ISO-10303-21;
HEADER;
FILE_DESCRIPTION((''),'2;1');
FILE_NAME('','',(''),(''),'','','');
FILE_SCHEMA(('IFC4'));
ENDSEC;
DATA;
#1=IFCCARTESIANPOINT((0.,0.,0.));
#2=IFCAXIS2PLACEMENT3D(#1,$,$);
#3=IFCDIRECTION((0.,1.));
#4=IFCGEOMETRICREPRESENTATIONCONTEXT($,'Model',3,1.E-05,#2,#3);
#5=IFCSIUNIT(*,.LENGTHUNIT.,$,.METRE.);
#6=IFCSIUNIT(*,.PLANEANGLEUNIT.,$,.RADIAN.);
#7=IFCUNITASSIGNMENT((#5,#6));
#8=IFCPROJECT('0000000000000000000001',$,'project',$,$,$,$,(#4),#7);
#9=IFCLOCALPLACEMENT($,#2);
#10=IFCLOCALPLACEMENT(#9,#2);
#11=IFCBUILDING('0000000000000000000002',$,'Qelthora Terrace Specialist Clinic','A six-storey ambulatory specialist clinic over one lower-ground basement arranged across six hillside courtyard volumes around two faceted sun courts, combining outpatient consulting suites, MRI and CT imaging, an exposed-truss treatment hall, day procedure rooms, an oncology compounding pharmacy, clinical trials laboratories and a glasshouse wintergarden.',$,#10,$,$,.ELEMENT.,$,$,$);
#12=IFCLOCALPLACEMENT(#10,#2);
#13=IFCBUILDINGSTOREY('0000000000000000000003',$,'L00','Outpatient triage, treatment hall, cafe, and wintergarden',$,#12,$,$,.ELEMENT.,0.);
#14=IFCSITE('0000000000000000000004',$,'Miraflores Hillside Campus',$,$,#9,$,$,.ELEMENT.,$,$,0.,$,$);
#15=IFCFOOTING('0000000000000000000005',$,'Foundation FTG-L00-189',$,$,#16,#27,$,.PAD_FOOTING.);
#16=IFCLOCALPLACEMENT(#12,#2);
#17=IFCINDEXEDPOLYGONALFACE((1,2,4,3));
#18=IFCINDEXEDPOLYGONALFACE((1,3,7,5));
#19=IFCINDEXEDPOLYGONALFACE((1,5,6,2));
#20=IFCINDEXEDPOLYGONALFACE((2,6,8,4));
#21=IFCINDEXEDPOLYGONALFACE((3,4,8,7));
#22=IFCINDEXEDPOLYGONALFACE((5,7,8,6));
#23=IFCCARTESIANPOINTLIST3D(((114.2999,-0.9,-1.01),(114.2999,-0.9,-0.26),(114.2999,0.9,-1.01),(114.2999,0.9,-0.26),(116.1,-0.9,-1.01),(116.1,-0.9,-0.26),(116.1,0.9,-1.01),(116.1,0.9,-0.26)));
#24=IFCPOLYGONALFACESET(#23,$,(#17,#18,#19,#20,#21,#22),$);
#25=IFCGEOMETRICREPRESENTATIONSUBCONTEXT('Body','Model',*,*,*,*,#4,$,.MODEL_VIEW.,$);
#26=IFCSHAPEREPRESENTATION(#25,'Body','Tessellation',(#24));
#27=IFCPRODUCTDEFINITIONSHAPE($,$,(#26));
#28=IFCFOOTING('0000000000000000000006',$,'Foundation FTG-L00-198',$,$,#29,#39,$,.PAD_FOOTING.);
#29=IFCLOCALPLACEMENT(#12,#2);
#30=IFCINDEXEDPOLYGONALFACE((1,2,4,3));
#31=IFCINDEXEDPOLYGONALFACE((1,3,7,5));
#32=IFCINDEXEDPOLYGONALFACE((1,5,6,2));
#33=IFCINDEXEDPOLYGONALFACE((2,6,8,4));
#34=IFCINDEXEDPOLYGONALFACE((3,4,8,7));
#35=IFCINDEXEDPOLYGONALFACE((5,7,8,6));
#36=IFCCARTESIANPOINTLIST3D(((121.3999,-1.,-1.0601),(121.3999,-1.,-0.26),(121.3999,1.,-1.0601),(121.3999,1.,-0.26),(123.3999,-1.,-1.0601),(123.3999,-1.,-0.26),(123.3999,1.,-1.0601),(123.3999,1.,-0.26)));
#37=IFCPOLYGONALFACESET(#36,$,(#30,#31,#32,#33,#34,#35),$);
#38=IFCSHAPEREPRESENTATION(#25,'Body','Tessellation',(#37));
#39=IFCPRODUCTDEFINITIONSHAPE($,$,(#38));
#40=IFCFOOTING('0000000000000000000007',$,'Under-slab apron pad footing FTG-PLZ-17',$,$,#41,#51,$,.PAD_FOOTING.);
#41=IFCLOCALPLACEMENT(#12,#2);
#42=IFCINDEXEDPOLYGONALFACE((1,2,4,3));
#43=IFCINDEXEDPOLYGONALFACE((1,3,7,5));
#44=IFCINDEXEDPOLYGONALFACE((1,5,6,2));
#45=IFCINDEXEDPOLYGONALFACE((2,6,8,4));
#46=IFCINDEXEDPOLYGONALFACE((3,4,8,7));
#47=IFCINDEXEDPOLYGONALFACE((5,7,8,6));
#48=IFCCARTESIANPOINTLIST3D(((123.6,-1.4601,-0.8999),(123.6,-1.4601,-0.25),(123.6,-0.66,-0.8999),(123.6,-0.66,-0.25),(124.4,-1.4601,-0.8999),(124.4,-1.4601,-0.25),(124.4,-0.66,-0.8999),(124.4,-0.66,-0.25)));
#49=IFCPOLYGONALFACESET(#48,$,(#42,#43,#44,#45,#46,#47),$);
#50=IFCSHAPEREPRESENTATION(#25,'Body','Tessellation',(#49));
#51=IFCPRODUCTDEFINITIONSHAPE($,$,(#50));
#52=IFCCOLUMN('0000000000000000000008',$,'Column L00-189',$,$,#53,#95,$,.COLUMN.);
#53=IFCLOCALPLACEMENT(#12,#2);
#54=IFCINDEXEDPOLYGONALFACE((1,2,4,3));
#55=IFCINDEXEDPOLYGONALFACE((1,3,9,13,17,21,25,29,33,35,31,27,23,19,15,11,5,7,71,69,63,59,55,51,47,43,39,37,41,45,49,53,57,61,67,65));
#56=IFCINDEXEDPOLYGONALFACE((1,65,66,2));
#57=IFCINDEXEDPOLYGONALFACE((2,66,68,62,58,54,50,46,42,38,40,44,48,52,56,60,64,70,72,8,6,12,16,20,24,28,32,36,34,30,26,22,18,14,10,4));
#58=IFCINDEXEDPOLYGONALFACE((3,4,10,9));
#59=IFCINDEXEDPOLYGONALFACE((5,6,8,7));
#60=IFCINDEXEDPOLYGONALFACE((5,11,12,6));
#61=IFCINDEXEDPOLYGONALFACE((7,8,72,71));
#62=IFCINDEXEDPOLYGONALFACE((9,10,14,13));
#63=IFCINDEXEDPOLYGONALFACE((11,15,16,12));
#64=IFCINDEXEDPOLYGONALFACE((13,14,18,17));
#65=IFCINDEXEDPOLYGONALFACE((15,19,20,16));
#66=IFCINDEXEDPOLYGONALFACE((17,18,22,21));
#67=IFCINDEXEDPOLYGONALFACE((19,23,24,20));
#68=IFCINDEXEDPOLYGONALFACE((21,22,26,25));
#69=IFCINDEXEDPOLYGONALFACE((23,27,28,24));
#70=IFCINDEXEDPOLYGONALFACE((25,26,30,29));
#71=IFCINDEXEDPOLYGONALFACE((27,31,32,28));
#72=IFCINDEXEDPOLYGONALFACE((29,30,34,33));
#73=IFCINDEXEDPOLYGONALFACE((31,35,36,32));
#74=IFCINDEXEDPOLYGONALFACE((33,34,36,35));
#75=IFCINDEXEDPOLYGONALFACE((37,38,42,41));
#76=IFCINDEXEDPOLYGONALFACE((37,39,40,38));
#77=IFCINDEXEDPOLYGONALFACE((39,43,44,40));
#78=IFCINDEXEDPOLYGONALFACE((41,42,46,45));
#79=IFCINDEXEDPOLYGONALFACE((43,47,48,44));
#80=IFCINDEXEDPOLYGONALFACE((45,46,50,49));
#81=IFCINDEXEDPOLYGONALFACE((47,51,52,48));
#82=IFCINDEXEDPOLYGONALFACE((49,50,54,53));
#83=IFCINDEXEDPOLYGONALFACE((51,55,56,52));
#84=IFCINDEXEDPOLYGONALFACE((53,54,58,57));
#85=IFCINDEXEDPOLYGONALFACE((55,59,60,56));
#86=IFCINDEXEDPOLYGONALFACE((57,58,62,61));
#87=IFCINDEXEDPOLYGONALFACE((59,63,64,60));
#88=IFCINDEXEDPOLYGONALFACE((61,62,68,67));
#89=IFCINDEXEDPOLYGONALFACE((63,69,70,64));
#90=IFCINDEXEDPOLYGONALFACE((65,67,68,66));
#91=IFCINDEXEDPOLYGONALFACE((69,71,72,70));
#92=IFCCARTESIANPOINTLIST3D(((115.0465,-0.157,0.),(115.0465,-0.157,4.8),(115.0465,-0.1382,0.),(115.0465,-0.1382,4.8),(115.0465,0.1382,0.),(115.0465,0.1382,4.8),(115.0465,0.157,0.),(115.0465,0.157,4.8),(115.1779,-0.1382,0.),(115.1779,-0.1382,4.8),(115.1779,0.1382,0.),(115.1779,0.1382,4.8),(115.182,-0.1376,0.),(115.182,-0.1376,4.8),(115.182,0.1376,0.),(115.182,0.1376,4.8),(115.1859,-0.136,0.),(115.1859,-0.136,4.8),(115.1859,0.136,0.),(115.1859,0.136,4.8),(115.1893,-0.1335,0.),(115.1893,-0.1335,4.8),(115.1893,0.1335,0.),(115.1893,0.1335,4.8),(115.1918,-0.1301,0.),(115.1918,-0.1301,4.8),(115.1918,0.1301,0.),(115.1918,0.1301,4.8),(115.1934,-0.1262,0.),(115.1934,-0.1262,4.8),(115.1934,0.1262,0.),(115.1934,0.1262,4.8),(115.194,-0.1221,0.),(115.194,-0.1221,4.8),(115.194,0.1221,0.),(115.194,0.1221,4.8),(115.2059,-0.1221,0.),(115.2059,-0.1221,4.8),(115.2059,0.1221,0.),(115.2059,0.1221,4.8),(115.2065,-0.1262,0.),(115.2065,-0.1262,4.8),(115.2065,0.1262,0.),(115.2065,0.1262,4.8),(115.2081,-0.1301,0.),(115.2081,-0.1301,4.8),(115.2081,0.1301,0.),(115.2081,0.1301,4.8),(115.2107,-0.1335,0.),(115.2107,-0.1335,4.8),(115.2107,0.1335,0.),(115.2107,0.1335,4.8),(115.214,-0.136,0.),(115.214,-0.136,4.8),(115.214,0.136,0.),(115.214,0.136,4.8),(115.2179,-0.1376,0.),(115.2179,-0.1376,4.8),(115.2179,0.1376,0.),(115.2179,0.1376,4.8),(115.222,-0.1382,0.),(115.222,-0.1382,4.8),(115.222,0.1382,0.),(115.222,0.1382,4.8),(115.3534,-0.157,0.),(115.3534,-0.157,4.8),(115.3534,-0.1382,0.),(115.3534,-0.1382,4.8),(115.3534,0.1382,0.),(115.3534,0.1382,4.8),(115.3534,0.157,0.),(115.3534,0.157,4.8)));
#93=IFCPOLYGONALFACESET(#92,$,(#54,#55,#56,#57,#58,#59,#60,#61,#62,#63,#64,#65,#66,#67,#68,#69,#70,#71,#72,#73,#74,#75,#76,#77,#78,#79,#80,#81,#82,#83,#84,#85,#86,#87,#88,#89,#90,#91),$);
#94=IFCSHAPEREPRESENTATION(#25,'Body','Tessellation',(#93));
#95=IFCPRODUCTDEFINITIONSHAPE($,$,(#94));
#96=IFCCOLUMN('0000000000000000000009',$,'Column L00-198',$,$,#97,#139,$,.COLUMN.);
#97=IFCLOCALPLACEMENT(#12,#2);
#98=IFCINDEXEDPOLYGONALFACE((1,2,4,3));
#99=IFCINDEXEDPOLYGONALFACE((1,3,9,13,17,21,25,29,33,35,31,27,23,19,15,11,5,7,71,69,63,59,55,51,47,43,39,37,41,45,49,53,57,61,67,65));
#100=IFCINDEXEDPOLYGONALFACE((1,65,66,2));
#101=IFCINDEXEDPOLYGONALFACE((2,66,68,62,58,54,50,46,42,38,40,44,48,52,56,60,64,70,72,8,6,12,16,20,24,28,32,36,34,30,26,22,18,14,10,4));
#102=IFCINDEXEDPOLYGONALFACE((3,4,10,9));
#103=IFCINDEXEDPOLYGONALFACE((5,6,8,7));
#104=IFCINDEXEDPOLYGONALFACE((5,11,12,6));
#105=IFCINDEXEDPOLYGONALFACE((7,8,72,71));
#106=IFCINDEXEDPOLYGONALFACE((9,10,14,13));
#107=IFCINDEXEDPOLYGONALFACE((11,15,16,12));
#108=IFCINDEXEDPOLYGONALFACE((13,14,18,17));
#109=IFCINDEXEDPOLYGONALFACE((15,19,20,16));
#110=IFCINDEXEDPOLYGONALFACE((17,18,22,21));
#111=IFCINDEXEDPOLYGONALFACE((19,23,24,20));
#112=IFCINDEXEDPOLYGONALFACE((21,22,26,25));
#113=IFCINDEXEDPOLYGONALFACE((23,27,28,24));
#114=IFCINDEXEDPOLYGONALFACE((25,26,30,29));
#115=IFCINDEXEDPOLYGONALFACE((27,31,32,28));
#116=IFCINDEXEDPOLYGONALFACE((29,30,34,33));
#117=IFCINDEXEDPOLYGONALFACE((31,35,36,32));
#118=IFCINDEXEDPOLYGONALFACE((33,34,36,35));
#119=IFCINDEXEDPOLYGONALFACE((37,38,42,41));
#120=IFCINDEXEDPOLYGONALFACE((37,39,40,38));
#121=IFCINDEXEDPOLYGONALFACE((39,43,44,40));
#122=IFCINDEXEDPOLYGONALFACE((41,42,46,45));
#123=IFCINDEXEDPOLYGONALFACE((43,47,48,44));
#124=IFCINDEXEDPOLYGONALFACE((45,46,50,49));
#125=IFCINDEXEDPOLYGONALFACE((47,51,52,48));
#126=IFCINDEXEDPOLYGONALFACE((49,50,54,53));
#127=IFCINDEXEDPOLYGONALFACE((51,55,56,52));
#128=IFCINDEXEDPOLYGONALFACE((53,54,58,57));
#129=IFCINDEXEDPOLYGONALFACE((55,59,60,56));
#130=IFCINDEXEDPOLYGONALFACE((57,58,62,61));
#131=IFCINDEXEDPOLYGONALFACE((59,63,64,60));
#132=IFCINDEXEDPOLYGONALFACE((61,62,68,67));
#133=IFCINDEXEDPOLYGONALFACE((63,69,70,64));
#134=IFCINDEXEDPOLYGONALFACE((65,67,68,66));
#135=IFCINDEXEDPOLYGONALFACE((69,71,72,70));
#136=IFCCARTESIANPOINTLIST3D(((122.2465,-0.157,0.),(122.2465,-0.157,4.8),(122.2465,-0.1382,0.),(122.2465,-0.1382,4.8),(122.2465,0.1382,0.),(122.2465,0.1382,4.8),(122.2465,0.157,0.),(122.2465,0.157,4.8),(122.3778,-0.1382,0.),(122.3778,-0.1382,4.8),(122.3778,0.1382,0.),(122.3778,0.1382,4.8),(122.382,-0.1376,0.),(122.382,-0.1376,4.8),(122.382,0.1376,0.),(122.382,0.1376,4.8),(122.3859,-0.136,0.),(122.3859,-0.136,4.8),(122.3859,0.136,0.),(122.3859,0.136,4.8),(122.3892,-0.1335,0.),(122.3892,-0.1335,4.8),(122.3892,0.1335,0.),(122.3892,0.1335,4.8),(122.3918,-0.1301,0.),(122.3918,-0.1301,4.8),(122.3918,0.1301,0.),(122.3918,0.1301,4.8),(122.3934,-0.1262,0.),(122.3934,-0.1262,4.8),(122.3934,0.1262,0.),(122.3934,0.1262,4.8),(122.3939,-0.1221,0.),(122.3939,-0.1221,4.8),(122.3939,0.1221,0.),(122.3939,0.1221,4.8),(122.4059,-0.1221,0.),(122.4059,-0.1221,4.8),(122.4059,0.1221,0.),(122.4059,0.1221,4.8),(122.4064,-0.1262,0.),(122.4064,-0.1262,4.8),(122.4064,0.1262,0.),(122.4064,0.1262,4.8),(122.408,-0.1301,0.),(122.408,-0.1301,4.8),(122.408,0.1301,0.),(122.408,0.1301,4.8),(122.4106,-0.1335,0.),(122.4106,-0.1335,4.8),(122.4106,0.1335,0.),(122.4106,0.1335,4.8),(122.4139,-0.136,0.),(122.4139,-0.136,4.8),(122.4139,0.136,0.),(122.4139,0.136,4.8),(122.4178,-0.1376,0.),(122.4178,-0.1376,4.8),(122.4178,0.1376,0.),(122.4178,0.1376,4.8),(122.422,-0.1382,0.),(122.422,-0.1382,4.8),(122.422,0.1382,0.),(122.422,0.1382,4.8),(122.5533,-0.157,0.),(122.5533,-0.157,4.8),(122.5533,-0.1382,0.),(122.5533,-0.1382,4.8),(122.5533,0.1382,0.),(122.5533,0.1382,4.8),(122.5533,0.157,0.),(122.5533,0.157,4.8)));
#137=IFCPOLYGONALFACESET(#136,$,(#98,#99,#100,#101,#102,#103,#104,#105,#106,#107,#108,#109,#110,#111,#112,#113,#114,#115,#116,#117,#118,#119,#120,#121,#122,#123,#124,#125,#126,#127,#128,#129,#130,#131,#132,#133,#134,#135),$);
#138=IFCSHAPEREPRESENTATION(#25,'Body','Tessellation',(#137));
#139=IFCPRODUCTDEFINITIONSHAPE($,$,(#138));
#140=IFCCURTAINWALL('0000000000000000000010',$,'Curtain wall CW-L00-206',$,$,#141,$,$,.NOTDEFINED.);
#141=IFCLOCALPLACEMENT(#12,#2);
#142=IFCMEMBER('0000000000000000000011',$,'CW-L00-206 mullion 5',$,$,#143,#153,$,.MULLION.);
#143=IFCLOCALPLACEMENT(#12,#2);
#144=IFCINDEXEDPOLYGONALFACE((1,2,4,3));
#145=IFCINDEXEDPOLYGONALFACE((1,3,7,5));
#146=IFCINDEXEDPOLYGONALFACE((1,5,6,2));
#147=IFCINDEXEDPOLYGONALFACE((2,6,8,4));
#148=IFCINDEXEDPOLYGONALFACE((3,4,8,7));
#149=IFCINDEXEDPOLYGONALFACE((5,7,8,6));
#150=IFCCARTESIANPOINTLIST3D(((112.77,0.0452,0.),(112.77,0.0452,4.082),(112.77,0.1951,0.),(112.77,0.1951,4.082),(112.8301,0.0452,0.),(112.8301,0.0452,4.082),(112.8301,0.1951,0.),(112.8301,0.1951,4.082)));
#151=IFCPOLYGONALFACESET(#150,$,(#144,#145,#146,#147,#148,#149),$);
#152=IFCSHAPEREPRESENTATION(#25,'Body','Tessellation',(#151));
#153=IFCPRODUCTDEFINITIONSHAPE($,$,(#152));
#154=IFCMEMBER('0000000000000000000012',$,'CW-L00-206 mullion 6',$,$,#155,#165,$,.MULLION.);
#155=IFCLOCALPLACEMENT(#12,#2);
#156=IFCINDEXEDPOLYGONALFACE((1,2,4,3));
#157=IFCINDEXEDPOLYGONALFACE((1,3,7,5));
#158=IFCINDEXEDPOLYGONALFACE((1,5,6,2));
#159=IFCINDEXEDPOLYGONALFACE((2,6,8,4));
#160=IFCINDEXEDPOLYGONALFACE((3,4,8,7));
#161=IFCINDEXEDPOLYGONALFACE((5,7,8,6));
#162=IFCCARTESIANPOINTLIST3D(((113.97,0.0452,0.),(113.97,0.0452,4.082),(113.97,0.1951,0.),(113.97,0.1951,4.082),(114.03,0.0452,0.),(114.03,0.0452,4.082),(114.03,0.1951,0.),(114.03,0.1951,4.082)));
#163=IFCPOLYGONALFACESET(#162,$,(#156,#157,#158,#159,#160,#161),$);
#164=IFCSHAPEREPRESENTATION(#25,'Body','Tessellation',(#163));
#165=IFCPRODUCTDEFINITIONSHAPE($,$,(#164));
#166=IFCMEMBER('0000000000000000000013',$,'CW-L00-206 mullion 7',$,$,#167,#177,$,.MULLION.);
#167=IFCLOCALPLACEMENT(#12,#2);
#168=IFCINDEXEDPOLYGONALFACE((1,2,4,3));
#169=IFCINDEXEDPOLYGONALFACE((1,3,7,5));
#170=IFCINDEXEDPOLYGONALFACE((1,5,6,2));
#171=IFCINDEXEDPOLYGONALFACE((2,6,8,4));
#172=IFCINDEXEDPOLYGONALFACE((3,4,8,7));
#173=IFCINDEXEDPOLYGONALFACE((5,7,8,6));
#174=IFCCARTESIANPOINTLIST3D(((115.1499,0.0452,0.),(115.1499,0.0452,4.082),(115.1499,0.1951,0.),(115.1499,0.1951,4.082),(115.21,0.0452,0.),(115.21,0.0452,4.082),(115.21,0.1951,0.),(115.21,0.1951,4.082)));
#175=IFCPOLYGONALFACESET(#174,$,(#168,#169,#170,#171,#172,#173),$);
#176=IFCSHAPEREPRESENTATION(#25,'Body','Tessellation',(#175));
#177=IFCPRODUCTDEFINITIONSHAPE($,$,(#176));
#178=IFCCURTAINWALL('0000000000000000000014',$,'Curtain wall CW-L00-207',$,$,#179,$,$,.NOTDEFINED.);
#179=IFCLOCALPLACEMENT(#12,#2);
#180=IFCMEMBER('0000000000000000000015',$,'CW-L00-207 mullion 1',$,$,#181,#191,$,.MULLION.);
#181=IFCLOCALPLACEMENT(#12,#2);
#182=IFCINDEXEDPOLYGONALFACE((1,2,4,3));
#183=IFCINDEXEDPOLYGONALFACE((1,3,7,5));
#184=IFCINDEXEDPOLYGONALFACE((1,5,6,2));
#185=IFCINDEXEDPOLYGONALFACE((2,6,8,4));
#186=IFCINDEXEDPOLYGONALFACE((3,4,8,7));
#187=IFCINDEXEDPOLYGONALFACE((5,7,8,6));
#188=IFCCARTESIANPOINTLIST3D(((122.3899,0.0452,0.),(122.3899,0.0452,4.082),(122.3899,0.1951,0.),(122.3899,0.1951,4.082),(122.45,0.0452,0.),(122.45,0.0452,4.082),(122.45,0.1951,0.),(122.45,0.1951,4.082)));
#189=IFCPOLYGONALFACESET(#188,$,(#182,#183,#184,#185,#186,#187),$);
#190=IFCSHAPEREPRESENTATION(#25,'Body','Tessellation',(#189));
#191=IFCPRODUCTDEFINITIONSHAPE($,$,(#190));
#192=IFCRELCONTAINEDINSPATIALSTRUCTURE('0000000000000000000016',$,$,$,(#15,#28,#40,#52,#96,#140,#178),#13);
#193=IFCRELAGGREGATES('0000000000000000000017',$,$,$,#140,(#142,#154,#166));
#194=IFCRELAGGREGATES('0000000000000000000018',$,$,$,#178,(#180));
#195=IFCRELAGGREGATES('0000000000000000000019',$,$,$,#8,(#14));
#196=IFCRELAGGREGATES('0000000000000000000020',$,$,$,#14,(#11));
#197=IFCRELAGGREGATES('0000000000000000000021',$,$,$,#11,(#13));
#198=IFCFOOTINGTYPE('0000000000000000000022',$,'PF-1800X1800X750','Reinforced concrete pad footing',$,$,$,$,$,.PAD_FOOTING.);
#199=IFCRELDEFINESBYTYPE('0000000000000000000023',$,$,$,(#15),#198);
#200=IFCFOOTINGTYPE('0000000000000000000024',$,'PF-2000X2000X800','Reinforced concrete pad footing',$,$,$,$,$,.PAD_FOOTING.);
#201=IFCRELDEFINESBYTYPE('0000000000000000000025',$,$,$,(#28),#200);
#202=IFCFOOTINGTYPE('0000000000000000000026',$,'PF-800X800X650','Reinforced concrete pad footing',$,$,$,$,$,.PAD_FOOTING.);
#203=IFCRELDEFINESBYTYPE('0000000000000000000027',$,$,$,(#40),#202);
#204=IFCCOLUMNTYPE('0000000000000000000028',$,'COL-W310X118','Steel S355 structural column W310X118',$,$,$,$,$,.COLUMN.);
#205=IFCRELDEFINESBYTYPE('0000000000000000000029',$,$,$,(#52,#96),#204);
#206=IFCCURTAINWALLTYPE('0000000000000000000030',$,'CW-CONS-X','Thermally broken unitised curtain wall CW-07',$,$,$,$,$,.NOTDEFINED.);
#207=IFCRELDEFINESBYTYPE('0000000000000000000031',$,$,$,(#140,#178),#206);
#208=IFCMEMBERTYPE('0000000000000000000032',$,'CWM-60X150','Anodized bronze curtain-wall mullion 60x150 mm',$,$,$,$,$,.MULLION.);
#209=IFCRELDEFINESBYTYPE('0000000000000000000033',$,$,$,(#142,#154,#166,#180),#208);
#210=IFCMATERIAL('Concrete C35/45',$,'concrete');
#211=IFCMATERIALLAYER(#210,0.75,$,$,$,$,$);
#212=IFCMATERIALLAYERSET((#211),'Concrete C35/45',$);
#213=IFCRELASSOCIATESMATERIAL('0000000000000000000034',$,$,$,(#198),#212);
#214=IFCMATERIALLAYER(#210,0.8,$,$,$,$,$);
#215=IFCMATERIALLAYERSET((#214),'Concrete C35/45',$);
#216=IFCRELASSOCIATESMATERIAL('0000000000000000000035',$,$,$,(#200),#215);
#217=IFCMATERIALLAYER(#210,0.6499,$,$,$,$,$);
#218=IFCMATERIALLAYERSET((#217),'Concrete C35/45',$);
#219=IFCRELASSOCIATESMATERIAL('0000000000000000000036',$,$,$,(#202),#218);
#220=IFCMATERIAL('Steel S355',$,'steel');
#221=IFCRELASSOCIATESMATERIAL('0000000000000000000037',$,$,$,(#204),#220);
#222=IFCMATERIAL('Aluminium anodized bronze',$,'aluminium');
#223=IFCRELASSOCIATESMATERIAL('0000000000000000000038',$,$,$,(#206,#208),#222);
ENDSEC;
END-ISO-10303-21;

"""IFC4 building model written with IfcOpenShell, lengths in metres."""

from ifc_helpers import new_model, si_unit, direction, frame, origin, origin_2d, place, context, subcontext, project, spatial, rectangle, i_section, extrude, material, layer, layer_set, material_profile, profile_set, type_object, element, aggregate, save


model = new_model("IFC4")

# Units and contexts
model_context = context("Model", 3, precision=1e-05, world=origin(), true_north=direction((0.0, 1.0)))
body_context = subcontext(model_context, "Body", "Model", "MODEL_VIEW")
ifc_project = project(units=[si_unit("LENGTHUNIT", "METRE"), si_unit("PLANEANGLEUNIT", "RADIAN")], contexts=[model_context])

# Site, building, storey
site_placement = place(None, origin())
site = spatial("IfcSite", under=ifc_project, at=site_placement, Name="Miraflores Hillside Campus", CompositionType="ELEMENT", RefElevation=0.0)
building_placement = place(site_placement, origin())
building = spatial("IfcBuilding", under=site, at=building_placement, Name="Qelthora Terrace Specialist Clinic", Description="A six-storey ambulatory specialist clinic over one lower-ground basement arranged across six hillside courtyard volumes around two faceted sun courts, combining outpatient consulting suites, MRI and CT imaging, an exposed-truss treatment hall, day procedure rooms, an oncology compounding pharmacy, clinical trials laboratories and a glasshouse wintergarden.", CompositionType="ELEMENT")
storey_placement = place(building_placement, origin())
storey = spatial("IfcBuildingStorey", under=building, at=storey_placement, Name="L00", Description="Outpatient triage, treatment hall, cafe, and wintergarden", CompositionType="ELEMENT", Elevation=0.0)

# Footings
ifc_material_1 = material(Name="Concrete C35/45", Category="concrete")
ifc_layer_1 = layer(ifc_material_1, 0.75)
ifc_layer_set_1 = layer_set([ifc_layer_1], Name="Concrete C35/45")
footing_type_1 = type_object("IfcFootingType", Name="PF-1800X1800X750", Description="Reinforced concrete pad footing", PredefinedType="PAD_FOOTING", material=ifc_layer_set_1)
footing_1_placement = place(storey_placement, frame((115.2, 0.0, -1.01), z_axis=(0.0, 0.0, 1.0), x_axis=(1.0, 0.0, 0.0)))
element("IfcFooting", 1, at=footing_1_placement, inside=storey, type_object=footing_type_1, Name="Foundation FTG-L00-189", PredefinedType="PAD_FOOTING", context=body_context, shape_type="SweptSolid", body=[
    extrude(rectangle(XDim=1.8, YDim=1.8, at=origin_2d()), origin(), (0.0, 0.0, 1.0), 0.75),
])
ifc_layer_2 = layer(ifc_material_1, 0.8)
ifc_layer_set_2 = layer_set([ifc_layer_2], Name="Concrete C35/45")
footing_type_2 = type_object("IfcFootingType", Name="PF-2000X2000X800", Description="Reinforced concrete pad footing", PredefinedType="PAD_FOOTING", material=ifc_layer_set_2)
footing_2_placement = place(storey_placement, frame((122.3999, 0.0, -1.0601), z_axis=(0.0, 0.0, 1.0), x_axis=(1.0, 0.0, 0.0)))
element("IfcFooting", 2, at=footing_2_placement, inside=storey, type_object=footing_type_2, Name="Foundation FTG-L00-198", PredefinedType="PAD_FOOTING", context=body_context, shape_type="SweptSolid", body=[
    extrude(rectangle(XDim=2.0, YDim=2.0, at=origin_2d()), origin(), (0.0, 0.0, 1.0), 0.8),
])
ifc_layer_3 = layer(ifc_material_1, 0.6499)
ifc_layer_set_3 = layer_set([ifc_layer_3], Name="Concrete C35/45")
footing_type_3 = type_object("IfcFootingType", Name="PF-800X800X650", Description="Reinforced concrete pad footing", PredefinedType="PAD_FOOTING", material=ifc_layer_set_3)
footing_3_placement = place(storey_placement, frame((124.0, -1.0601, -0.8999), z_axis=(0.0, 0.0, 1.0), x_axis=(1.0, 0.0, 0.0)))
element("IfcFooting", 3, at=footing_3_placement, inside=storey, type_object=footing_type_3, Name="Under-slab apron pad footing FTG-PLZ-17", PredefinedType="PAD_FOOTING", context=body_context, shape_type="SweptSolid", body=[
    extrude(rectangle(XDim=0.8, YDim=0.8, at=origin_2d()), origin(), (0.0, 0.0, 1.0), 0.6499),
])

# Columns
ifc_material_2 = material(Name="Steel S355", Category="steel")
ifc_material_profile_1 = material_profile(ifc_material_2, i_section(OverallWidth=0.3069, OverallDepth=0.314, WebThickness=0.012, FlangeThickness=0.0188, FilletRadius=0.0161, at=origin_2d()), Name="W310X118")
ifc_profile_set_1 = profile_set([ifc_material_profile_1], Name="Steel S355")
column_type = type_object("IfcColumnType", Name="COL-W310X118", Description="Steel S355 structural column W310X118", PredefinedType="COLUMN", material=ifc_profile_set_1)
for number, where, z_axis, x_axis, name in (
    (4, (115.2, 0.0, 0.0), (0.0, 0.0, 1.0), (1.0, 0.0, 0.0), "Column L00-189"),
    (5, (122.3999, 0.0, 0.0), (0.0, 0.0, 1.0), (1.0, 0.0, 0.0), "Column L00-198"),
):
    element("IfcColumn", number, at=place(storey_placement, frame(where, z_axis=z_axis, x_axis=x_axis)), inside=storey, type_object=column_type, Name=name, PredefinedType="COLUMN", context=body_context, shape_type="SweptSolid", body=[
        extrude(i_section(OverallWidth=0.3069, OverallDepth=0.314, WebThickness=0.012, FlangeThickness=0.0188, FilletRadius=0.0161, at=origin_2d()), origin(), (0.0, 0.0, 1.0), 4.8),
    ])

# Curtain walls, members
ifc_material_3 = material(Name="Aluminium anodized bronze", Category="aluminium")
curtain_wall_type = type_object("IfcCurtainWallType", Name="CW-CONS-X", Description="Thermally broken unitised curtain wall CW-07", PredefinedType="NOTDEFINED", material=ifc_material_3)
curtain_wall_1_placement = place(storey_placement, origin())
curtain_wall_1 = element("IfcCurtainWall", 6, at=curtain_wall_1_placement, inside=storey, type_object=curtain_wall_type, Name="Curtain wall CW-L00-206", PredefinedType="NOTDEFINED")
ifc_material_profile_2 = material_profile(ifc_material_3, rectangle(XDim=0.0601, YDim=0.1499, at=origin_2d()), Name="CWM60X150")
ifc_profile_set_2 = profile_set([ifc_material_profile_2], Name="Aluminium anodized bronze")
member_type_1 = type_object("IfcMemberType", Name="CWM-60X150", Description="Anodized bronze curtain-wall mullion 60x150 mm", PredefinedType="MULLION", material=ifc_profile_set_2)
member_1_placement = place(storey_placement, frame((112.8, 0.1201, 0.0), z_axis=(0.0, 0.0, 1.0), x_axis=(1.0, 0.0, 0.0)))
member_1 = element("IfcMember", 7, at=member_1_placement, type_object=member_type_1, Name="CW-L00-206 mullion 5", PredefinedType="MULLION", context=body_context, shape_type="SweptSolid", body=[
    extrude(rectangle(XDim=0.0601, YDim=0.1499, at=origin_2d()), origin(), (0.0, 0.0, 1.0), 4.082),
])
member_2_placement = place(storey_placement, frame((114.0, 0.1201, 0.0), z_axis=(0.0, 0.0, 1.0), x_axis=(1.0, 0.0, 0.0)))
member_2 = element("IfcMember", 8, at=member_2_placement, type_object=member_type_1, Name="CW-L00-206 mullion 6", PredefinedType="MULLION", context=body_context, shape_type="SweptSolid", body=[
    extrude(rectangle(XDim=0.0601, YDim=0.1499, at=origin_2d()), origin(), (0.0, 0.0, 1.0), 4.082),
])
member_3_placement = place(storey_placement, frame((115.1799, 0.1201, 0.0), z_axis=(0.0, 0.0, 1.0), x_axis=(1.0, 0.0, 0.0)))
member_3 = element("IfcMember", 9, at=member_3_placement, type_object=member_type_1, Name="CW-L00-206 mullion 7", PredefinedType="MULLION", context=body_context, shape_type="SweptSolid", body=[
    extrude(rectangle(XDim=0.0601, YDim=0.1499, at=origin_2d()), origin(), (0.0, 0.0, 1.0), 4.082),
])
curtain_wall_2_placement = place(storey_placement, origin())
curtain_wall_2 = element("IfcCurtainWall", 10, at=curtain_wall_2_placement, inside=storey, type_object=curtain_wall_type, Name="Curtain wall CW-L00-207", PredefinedType="NOTDEFINED")
member_4_placement = place(storey_placement, frame((122.4199, 0.1201, 0.0), z_axis=(0.0, 0.0, 1.0), x_axis=(1.0, 0.0, 0.0)))
member_4 = element("IfcMember", 11, at=member_4_placement, type_object=member_type_1, Name="CW-L00-207 mullion 1", PredefinedType="MULLION", context=body_context, shape_type="SweptSolid", body=[
    extrude(rectangle(XDim=0.0601, YDim=0.1499, at=origin_2d()), origin(), (0.0, 0.0, 1.0), 4.082),
])

aggregate(curtain_wall_1, [member_1, member_2, member_3])
aggregate(curtain_wall_2, [member_4])

save(model, "model.ifc")
